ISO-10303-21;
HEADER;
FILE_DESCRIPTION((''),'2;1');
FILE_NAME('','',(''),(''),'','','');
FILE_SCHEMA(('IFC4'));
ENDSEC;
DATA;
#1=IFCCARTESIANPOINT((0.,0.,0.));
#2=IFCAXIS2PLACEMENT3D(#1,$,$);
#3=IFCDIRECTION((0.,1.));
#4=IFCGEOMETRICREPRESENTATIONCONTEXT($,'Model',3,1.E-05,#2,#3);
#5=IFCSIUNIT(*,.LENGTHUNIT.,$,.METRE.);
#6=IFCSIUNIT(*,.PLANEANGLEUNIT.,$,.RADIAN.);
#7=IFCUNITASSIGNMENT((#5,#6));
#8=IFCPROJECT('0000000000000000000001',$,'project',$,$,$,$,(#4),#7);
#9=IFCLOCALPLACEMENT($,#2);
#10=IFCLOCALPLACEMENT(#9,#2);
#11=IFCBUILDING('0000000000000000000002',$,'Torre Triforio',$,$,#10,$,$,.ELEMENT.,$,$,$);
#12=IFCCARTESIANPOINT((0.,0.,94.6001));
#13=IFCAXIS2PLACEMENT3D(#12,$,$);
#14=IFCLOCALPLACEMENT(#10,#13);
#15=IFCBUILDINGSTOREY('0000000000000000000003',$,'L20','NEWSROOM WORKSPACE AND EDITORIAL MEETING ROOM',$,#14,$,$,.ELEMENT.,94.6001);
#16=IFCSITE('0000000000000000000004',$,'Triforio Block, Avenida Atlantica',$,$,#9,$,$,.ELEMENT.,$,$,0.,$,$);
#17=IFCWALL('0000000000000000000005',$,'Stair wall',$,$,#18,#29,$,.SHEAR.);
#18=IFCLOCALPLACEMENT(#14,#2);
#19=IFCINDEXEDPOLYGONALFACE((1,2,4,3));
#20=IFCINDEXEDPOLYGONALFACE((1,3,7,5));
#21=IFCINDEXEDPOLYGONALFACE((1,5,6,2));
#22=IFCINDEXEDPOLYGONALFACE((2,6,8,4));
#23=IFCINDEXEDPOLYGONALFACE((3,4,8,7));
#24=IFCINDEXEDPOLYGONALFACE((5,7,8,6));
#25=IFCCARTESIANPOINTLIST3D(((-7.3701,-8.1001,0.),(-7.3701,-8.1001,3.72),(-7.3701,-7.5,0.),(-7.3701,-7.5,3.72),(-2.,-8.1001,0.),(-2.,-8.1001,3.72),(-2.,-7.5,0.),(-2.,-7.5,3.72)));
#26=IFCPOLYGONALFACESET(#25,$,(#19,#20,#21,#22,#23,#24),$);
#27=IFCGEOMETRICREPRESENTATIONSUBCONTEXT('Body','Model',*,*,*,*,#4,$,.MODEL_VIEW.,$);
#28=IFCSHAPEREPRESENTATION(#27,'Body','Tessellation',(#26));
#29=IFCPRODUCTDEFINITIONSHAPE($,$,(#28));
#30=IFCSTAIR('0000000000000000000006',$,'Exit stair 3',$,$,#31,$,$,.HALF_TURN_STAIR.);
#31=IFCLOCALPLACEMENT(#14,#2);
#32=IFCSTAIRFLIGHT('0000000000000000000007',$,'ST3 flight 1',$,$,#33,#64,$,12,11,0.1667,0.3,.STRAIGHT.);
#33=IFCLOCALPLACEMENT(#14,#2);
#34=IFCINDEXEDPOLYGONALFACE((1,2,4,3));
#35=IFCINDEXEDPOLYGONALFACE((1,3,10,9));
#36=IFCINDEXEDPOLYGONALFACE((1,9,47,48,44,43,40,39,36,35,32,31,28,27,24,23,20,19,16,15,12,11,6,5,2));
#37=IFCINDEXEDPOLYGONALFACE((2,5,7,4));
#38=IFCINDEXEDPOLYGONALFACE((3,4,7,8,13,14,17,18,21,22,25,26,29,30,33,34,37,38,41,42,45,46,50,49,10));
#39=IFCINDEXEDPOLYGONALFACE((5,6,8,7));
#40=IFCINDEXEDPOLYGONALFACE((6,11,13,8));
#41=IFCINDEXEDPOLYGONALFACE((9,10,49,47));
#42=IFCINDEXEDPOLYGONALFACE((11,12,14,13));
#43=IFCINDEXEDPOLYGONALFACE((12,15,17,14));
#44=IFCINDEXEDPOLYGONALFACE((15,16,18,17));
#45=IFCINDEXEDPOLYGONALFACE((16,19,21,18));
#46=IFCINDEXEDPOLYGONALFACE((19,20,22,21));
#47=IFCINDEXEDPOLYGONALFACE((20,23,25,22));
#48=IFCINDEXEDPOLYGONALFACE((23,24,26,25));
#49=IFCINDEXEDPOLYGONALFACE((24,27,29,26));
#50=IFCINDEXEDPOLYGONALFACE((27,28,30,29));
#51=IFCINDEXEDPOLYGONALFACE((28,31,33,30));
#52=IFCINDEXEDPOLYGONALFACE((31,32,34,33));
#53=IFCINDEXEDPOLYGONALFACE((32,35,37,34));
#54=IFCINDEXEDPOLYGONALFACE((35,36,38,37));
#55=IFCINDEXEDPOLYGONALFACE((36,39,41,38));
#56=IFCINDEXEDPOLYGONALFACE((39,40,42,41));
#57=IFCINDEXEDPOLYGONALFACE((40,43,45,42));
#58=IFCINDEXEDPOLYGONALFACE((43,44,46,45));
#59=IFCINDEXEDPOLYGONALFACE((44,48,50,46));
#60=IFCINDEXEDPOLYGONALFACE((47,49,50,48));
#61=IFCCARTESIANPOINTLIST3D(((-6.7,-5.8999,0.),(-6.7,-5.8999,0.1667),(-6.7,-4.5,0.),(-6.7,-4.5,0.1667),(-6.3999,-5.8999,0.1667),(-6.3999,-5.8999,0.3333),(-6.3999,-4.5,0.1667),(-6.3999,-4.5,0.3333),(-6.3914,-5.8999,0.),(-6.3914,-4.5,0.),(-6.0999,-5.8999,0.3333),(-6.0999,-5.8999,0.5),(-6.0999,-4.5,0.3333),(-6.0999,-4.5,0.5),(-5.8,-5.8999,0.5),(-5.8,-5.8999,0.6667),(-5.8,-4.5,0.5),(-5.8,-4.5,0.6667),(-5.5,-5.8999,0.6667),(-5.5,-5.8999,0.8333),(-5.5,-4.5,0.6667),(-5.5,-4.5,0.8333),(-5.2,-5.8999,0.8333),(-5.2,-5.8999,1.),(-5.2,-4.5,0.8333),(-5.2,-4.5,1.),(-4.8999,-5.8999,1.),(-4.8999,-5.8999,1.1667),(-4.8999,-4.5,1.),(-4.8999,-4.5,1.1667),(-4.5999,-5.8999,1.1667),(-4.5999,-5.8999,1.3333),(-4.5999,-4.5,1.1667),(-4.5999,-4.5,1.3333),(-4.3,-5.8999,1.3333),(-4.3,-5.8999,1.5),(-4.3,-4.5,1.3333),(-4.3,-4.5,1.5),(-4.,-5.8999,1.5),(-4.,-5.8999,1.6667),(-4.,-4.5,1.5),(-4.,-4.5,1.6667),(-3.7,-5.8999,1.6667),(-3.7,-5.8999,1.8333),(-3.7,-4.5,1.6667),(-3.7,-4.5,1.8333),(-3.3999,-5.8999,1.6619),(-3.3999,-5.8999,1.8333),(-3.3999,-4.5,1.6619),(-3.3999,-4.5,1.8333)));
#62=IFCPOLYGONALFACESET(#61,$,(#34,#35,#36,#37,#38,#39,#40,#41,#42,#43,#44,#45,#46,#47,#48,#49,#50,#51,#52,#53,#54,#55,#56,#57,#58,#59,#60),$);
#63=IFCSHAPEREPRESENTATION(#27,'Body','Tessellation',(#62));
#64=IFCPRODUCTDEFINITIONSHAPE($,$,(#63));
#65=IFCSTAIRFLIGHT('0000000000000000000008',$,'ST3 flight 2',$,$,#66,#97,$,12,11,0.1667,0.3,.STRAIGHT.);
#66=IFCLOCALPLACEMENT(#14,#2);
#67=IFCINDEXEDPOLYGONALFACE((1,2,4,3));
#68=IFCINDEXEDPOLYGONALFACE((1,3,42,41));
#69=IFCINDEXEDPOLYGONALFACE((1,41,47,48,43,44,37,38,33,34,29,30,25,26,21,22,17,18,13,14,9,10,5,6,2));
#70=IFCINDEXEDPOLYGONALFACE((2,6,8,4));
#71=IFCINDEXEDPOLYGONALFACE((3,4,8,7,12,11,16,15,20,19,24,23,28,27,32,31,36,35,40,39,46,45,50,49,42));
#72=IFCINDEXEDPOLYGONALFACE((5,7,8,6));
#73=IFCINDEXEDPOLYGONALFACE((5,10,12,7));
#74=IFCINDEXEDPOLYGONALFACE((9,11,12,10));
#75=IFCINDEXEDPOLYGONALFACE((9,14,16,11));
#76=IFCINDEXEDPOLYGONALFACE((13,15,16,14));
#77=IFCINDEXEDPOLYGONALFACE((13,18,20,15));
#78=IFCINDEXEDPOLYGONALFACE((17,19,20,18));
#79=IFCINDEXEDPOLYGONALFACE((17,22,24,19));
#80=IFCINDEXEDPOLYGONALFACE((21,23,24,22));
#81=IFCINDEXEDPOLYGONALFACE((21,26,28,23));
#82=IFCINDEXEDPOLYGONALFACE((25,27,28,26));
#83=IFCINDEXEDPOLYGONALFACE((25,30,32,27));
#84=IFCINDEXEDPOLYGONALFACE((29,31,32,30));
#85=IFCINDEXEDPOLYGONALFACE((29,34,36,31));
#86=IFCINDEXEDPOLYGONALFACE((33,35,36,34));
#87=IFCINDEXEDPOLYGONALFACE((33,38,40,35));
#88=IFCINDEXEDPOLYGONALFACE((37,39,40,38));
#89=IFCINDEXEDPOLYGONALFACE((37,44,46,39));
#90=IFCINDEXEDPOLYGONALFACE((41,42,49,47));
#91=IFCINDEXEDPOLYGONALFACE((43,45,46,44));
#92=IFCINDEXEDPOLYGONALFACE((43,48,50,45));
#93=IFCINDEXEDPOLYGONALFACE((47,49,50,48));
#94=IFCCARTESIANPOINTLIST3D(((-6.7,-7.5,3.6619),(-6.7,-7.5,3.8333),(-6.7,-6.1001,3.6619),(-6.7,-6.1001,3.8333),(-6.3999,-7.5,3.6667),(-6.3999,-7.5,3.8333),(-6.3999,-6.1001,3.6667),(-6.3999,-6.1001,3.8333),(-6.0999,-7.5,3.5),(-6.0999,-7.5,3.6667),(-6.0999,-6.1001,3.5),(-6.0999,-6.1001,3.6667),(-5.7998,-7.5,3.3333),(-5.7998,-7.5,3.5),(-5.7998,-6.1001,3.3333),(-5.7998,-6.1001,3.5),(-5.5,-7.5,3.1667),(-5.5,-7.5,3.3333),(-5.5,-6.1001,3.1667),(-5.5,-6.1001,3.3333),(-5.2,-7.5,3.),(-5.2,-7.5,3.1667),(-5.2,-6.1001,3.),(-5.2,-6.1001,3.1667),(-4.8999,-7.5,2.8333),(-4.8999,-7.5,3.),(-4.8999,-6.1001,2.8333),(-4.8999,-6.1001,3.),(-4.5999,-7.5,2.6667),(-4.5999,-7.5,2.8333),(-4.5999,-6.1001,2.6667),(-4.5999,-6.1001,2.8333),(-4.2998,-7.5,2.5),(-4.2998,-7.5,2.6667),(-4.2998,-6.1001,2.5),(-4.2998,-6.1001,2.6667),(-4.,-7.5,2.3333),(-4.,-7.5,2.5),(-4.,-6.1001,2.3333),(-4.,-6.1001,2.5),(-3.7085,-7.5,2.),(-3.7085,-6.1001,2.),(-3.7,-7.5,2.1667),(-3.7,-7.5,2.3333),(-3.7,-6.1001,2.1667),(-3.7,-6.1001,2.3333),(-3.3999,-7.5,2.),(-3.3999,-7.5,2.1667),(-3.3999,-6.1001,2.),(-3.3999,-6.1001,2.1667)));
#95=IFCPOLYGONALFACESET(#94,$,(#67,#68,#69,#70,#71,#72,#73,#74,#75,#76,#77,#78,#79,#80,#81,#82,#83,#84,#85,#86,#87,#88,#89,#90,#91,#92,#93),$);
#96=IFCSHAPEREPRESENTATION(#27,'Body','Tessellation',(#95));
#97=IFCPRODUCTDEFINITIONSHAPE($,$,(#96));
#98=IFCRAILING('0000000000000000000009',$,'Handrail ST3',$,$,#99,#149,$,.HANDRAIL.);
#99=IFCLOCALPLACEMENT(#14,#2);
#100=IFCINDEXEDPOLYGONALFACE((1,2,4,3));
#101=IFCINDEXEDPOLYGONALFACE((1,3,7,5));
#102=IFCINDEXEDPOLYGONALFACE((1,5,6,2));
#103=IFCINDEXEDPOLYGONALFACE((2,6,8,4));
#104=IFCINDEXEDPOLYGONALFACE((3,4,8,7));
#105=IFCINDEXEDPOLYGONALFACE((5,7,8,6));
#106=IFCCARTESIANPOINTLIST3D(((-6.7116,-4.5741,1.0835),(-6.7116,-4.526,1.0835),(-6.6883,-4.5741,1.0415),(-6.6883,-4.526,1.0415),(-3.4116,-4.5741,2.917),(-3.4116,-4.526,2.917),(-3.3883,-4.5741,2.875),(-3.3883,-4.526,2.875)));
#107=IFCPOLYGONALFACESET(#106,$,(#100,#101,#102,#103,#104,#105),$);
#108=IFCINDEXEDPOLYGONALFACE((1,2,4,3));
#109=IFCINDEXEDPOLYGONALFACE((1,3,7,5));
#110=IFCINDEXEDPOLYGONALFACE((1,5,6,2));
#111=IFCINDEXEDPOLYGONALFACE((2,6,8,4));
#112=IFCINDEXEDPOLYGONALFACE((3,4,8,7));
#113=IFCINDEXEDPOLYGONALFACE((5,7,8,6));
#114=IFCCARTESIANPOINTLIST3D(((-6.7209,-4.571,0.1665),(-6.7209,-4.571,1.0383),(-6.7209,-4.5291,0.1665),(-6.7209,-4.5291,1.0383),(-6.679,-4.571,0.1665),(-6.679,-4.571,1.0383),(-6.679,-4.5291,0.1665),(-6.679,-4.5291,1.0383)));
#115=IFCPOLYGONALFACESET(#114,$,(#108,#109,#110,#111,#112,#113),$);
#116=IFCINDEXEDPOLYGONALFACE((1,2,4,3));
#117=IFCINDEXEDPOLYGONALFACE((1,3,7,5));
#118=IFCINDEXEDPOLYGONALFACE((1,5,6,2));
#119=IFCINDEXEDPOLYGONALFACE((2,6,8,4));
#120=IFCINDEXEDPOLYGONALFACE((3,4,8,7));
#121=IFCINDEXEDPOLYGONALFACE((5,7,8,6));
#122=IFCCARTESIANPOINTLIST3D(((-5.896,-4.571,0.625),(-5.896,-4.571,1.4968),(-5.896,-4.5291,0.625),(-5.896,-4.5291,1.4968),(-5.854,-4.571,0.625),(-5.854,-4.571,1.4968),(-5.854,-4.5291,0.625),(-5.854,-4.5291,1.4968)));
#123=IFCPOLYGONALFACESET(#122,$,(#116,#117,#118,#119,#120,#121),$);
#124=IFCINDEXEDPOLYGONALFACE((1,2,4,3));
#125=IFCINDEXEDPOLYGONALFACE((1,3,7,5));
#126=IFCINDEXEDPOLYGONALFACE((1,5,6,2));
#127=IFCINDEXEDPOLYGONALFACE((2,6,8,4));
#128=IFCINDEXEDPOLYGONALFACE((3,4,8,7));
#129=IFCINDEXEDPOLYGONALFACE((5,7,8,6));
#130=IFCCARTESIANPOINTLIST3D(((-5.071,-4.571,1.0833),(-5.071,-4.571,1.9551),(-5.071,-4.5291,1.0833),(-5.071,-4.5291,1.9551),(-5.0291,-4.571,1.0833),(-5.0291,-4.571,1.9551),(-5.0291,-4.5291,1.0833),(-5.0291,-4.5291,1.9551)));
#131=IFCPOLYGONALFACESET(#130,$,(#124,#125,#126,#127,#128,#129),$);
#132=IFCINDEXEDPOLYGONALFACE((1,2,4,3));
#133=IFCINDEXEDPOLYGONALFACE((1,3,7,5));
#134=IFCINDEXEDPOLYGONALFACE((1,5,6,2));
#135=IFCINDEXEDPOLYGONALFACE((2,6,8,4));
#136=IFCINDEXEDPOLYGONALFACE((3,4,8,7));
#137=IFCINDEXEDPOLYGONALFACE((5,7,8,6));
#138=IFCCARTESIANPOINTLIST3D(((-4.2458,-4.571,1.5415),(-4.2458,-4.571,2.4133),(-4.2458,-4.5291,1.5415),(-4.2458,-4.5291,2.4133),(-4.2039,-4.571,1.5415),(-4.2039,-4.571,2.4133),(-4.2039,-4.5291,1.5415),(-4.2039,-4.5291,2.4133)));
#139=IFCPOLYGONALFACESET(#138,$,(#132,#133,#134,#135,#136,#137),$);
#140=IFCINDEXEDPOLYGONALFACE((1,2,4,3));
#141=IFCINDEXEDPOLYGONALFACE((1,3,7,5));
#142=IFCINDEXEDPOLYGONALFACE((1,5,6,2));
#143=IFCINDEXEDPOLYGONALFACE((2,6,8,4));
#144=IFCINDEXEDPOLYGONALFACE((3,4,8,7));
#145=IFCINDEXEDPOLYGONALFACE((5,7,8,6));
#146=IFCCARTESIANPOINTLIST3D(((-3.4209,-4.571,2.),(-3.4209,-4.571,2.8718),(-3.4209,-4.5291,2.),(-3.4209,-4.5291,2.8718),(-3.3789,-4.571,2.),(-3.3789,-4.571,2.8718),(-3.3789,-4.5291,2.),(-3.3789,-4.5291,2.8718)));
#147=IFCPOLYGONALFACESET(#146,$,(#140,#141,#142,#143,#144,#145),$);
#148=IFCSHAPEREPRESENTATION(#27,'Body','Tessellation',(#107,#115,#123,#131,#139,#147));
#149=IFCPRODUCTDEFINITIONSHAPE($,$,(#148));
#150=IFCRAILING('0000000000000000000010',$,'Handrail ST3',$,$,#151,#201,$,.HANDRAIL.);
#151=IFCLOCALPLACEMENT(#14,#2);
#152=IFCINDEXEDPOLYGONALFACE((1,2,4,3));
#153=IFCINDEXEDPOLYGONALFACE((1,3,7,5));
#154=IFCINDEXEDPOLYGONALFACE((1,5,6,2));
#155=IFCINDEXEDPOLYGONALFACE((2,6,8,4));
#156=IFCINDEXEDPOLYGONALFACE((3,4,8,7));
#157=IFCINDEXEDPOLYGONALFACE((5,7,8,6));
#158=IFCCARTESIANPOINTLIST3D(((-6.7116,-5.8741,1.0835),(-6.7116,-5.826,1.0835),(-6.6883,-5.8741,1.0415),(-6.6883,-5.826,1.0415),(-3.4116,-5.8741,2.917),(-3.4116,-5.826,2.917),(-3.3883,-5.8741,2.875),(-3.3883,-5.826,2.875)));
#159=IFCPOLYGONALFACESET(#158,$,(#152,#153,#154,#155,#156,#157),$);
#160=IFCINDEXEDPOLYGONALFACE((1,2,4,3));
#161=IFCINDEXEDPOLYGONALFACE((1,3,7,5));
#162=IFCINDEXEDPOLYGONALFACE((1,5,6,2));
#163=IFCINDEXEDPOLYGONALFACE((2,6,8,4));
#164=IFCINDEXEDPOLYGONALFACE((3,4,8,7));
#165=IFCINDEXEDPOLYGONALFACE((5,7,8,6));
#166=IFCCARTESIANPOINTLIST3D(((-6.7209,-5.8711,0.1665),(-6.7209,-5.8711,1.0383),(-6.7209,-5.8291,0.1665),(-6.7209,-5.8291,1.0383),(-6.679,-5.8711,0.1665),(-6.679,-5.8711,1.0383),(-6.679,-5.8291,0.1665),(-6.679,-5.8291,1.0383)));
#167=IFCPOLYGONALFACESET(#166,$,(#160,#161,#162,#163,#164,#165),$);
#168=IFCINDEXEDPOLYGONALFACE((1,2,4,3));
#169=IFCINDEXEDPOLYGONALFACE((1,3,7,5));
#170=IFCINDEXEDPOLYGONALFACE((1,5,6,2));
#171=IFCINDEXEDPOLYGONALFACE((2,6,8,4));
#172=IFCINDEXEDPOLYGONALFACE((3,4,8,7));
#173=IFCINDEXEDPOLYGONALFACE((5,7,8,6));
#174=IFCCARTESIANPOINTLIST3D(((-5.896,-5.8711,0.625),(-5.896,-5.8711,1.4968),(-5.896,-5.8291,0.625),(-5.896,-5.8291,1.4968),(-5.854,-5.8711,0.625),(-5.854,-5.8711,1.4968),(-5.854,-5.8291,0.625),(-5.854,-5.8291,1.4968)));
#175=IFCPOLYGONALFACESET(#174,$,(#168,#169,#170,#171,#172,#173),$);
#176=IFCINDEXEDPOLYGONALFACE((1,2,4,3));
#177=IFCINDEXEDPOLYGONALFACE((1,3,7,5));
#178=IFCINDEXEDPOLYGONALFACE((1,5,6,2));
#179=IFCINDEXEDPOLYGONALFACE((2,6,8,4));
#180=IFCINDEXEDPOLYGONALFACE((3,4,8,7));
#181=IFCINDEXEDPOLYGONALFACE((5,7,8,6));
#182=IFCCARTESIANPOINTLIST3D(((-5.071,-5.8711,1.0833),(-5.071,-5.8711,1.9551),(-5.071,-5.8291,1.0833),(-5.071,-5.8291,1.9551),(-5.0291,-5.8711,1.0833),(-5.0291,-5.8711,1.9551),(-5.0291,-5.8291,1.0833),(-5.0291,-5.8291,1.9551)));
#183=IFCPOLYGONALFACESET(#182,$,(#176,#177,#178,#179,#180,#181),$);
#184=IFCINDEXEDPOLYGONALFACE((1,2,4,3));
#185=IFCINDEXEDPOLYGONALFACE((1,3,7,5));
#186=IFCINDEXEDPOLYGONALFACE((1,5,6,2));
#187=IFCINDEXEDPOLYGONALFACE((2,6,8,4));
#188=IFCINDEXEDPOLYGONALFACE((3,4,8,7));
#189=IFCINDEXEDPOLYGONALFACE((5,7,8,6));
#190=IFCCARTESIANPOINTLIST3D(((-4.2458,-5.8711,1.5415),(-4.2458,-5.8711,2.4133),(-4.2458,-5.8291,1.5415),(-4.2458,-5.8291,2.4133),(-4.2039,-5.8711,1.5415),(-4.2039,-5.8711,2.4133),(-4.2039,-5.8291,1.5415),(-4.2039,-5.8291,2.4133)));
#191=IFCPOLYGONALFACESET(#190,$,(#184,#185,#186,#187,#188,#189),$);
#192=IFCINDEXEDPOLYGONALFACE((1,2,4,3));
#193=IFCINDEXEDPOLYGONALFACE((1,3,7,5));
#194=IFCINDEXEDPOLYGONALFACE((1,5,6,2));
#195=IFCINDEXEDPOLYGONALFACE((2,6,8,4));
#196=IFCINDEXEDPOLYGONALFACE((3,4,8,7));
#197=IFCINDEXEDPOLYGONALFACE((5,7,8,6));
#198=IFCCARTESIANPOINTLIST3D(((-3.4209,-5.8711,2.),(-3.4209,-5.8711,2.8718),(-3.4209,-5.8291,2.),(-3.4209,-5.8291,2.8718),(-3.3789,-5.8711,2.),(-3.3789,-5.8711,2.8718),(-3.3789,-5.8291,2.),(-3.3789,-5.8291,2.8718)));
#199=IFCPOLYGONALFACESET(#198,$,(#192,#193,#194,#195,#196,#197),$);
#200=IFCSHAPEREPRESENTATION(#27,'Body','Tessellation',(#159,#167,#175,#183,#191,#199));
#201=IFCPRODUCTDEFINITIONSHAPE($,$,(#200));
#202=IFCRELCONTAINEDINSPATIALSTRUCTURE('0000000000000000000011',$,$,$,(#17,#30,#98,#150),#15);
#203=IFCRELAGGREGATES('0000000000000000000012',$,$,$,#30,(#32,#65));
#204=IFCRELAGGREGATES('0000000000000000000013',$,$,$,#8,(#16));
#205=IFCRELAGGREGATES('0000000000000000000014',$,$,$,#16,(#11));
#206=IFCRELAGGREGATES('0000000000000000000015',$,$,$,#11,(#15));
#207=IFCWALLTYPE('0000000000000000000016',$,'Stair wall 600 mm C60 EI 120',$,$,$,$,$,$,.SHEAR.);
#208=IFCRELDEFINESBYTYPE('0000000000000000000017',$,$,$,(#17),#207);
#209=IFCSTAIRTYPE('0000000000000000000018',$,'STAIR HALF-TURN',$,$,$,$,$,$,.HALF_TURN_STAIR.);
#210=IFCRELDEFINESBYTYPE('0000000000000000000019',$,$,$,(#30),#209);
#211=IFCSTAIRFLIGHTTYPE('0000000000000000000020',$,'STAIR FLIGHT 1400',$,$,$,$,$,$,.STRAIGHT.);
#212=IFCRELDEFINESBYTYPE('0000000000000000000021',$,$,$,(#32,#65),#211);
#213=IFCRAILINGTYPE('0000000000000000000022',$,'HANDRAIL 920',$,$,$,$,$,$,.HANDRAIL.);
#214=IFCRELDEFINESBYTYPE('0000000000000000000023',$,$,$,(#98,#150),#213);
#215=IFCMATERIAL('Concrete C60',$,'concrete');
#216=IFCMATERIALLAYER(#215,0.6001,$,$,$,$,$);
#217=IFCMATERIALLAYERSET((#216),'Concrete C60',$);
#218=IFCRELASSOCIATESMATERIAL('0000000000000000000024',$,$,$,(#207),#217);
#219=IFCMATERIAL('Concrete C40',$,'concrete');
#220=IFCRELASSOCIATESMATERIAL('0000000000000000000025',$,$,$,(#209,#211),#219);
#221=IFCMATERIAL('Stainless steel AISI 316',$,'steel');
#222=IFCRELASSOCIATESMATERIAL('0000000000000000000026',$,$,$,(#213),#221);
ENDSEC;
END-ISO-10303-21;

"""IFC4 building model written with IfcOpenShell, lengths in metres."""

from ifc_helpers import new_model, si_unit, direction, frame, frame_2d, origin, origin_2d, place, context, subcontext, project, spatial, polyline, rectangle, outline, extrude, material, layer, layer_set, type_object, element, aggregate, save


model = new_model("IFC4")

# Units and contexts
model_context = context("Model", 3, precision=1e-05, world=origin(), true_north=direction((0.0, 1.0)))
body_context = subcontext(model_context, "Body", "Model", "MODEL_VIEW")
ifc_project = project(units=[si_unit("LENGTHUNIT", "METRE"), si_unit("PLANEANGLEUNIT", "RADIAN")], contexts=[model_context])

# Site, building, storey
site_placement = place(None, origin())
site = spatial("IfcSite", under=ifc_project, at=site_placement, Name="Triforio Block, Avenida Atlantica", CompositionType="ELEMENT", RefElevation=0.0)
building_placement = place(site_placement, origin())
building = spatial("IfcBuilding", under=site, at=building_placement, Name="Torre Triforio", CompositionType="ELEMENT")
storey_placement = place(building_placement, frame((0.0, 0.0, 94.6001)))
storey = spatial("IfcBuildingStorey", under=building, at=storey_placement, Name="L20", Description="NEWSROOM WORKSPACE AND EDITORIAL MEETING ROOM", CompositionType="ELEMENT", Elevation=94.6001)

# Shared definitions
ifc_material_1 = material(Name="Concrete C60", Category="concrete")

# Wall
ifc_layer_1 = layer(ifc_material_1, 0.6001)
ifc_layer_set_1 = layer_set([ifc_layer_1], Name="Concrete C60")
wall_type_1 = type_object("IfcWallType", Name="Stair wall 600 mm C60 EI 120", PredefinedType="SHEAR", material=ifc_layer_set_1)
wall_1_placement = place(storey_placement, frame((-7.3701, -7.8, 0.0), z_axis=(0.0, 0.0, 1.0), x_axis=(1.0, 0.0, 0.0)))
element("IfcWall", 1, at=wall_1_placement, inside=storey, type_object=wall_type_1, Name="Stair wall", PredefinedType="SHEAR", context=body_context, shape_type="SweptSolid", body=[
    extrude(rectangle(XDim=5.3701, YDim=0.6001, at=frame_2d((2.6851, 0.0))), origin(), (0.0, 0.0, 1.0), 3.72),
])

# Stair, stair flights
ifc_material_2 = material(Name="Concrete C40", Category="concrete")
stair_type = type_object("IfcStairType", Name="STAIR HALF-TURN", PredefinedType="HALF_TURN_STAIR", material=ifc_material_2)
stair_placement = place(storey_placement, origin())
stair = element("IfcStair", 2, at=stair_placement, inside=storey, type_object=stair_type, Name="Exit stair 3", PredefinedType="HALF_TURN_STAIR")
stair_flight_type = type_object("IfcStairFlightType", Name="STAIR FLIGHT 1400", PredefinedType="STRAIGHT", material=ifc_material_2)
stair_flight_1_placement = place(storey_placement, frame((-6.7, -5.2, 0.0), z_axis=(0.0, 0.0, 1.0), x_axis=(1.0, 0.0, 0.0)))
stair_flight_1 = element("IfcStairFlight", 3, at=stair_flight_1_placement, type_object=stair_flight_type, Name="ST3 flight 1", NumberOfRisers=12, NumberOfTreads=11, PredefinedType="STRAIGHT", RiserHeight=0.1667, TreadLength=0.3, context=body_context, shape_type="SweptSolid", body=[
    extrude(outline(polyline([(0.0, 0.0), (0.0, 0.1667), (0.3, 0.1667), (0.3, 0.3333), (0.6001, 0.3333), (0.6001, 0.5), (0.8999, 0.5), (0.8999, 0.6667), (1.2, 0.6667), (1.2, 0.8333), (1.5, 0.8333), (1.5, 1.0), (1.8, 1.0), (1.8, 1.1667), (2.1001, 1.1667), (2.1001, 1.3333), (2.3999, 1.3333), (2.3999, 1.5), (2.7, 1.5), (2.7, 1.6667), (3.0, 1.6667), (3.0, 1.8333), (3.3, 1.8333), (3.3, 2.0), (3.3, 1.6619), (0.3086, 0.0), (0.0, 0.0)])), frame((0.0, 0.7, 0.0), z_axis=(0.0, -1.0, 0.0), x_axis=(1.0, 0.0, 0.0)), (0.0, 0.0, 1.0), 1.3999),
])
stair_flight_2_placement = place(storey_placement, frame((-3.3999, -6.8, 2.0), z_axis=(0.0, 0.0, 1.0), x_axis=(-1.0, 0.0, 0.0)))
stair_flight_2 = element("IfcStairFlight", 4, at=stair_flight_2_placement, type_object=stair_flight_type, Name="ST3 flight 2", NumberOfRisers=12, NumberOfTreads=11, PredefinedType="STRAIGHT", RiserHeight=0.1667, TreadLength=0.3, context=body_context, shape_type="SweptSolid", body=[
    extrude(outline(polyline([(0.0, 0.0), (0.0, 0.1667), (0.3, 0.1667), (0.3, 0.3333), (0.6001, 0.3333), (0.6001, 0.5), (0.8999, 0.5), (0.8999, 0.6667), (1.2, 0.6667), (1.2, 0.8333), (1.5, 0.8333), (1.5, 1.0), (1.8, 1.0), (1.8, 1.1667), (2.1001, 1.1667), (2.1001, 1.3333), (2.3999, 1.3333), (2.3999, 1.5), (2.7, 1.5), (2.7, 1.6667), (3.0, 1.6667), (3.0, 1.8333), (3.3, 1.8333), (3.3, 2.0), (3.3, 1.6619), (0.3086, 0.0), (0.0, 0.0)])), frame((0.0, 0.7, 0.0), z_axis=(0.0, -1.0, 0.0), x_axis=(1.0, 0.0, 0.0)), (0.0, 0.0, 1.0), 1.3999),
])
aggregate(stair, [stair_flight_1, stair_flight_2])

# Railings
ifc_material_3 = material(Name="Stainless steel AISI 316", Category="steel")
railing_type = type_object("IfcRailingType", Name="HANDRAIL 920", PredefinedType="HANDRAIL", material=ifc_material_3)
for number, where, name in (
    (5, (-6.7, -4.55, 0.1665), "Handrail ST3"),
    (6, (-6.7, -5.8501, 0.1665), "Handrail ST3"),
):
    element("IfcRailing", number, at=place(storey_placement, frame(where)), inside=storey, type_object=railing_type, Name=name, PredefinedType="HANDRAIL", context=body_context, shape_type="SweptSolid", body=[
        extrude(rectangle(XDim=0.0481, YDim=0.0481, at=origin_2d()), frame((0.0, 0.0, 0.896), z_axis=(0.874142, 0.0, 0.48567), x_axis=(0.0, 1.0, 0.0)), (0.0, 0.0, 1.0), 3.7751),
        extrude(rectangle(XDim=0.042, YDim=0.042, at=origin_2d()), origin(), (0.0, 0.0, 1.0), 0.8718),
        extrude(rectangle(XDim=0.042, YDim=0.042, at=origin_2d()), frame((0.825, 0.0, 0.4585)), (0.0, 0.0, 1.0), 0.8718),
        extrude(rectangle(XDim=0.042, YDim=0.042, at=origin_2d()), frame((1.6499, 0.0, 0.9167)), (0.0, 0.0, 1.0), 0.8718),
        extrude(rectangle(XDim=0.042, YDim=0.042, at=origin_2d()), frame((2.4751, 0.0, 1.375)), (0.0, 0.0, 1.0), 0.8718),
        extrude(rectangle(XDim=0.042, YDim=0.042, at=origin_2d()), frame((3.3, 0.0, 1.8335)), (0.0, 0.0, 1.0), 0.8718),
    ])

save(model, "model.ifc")
